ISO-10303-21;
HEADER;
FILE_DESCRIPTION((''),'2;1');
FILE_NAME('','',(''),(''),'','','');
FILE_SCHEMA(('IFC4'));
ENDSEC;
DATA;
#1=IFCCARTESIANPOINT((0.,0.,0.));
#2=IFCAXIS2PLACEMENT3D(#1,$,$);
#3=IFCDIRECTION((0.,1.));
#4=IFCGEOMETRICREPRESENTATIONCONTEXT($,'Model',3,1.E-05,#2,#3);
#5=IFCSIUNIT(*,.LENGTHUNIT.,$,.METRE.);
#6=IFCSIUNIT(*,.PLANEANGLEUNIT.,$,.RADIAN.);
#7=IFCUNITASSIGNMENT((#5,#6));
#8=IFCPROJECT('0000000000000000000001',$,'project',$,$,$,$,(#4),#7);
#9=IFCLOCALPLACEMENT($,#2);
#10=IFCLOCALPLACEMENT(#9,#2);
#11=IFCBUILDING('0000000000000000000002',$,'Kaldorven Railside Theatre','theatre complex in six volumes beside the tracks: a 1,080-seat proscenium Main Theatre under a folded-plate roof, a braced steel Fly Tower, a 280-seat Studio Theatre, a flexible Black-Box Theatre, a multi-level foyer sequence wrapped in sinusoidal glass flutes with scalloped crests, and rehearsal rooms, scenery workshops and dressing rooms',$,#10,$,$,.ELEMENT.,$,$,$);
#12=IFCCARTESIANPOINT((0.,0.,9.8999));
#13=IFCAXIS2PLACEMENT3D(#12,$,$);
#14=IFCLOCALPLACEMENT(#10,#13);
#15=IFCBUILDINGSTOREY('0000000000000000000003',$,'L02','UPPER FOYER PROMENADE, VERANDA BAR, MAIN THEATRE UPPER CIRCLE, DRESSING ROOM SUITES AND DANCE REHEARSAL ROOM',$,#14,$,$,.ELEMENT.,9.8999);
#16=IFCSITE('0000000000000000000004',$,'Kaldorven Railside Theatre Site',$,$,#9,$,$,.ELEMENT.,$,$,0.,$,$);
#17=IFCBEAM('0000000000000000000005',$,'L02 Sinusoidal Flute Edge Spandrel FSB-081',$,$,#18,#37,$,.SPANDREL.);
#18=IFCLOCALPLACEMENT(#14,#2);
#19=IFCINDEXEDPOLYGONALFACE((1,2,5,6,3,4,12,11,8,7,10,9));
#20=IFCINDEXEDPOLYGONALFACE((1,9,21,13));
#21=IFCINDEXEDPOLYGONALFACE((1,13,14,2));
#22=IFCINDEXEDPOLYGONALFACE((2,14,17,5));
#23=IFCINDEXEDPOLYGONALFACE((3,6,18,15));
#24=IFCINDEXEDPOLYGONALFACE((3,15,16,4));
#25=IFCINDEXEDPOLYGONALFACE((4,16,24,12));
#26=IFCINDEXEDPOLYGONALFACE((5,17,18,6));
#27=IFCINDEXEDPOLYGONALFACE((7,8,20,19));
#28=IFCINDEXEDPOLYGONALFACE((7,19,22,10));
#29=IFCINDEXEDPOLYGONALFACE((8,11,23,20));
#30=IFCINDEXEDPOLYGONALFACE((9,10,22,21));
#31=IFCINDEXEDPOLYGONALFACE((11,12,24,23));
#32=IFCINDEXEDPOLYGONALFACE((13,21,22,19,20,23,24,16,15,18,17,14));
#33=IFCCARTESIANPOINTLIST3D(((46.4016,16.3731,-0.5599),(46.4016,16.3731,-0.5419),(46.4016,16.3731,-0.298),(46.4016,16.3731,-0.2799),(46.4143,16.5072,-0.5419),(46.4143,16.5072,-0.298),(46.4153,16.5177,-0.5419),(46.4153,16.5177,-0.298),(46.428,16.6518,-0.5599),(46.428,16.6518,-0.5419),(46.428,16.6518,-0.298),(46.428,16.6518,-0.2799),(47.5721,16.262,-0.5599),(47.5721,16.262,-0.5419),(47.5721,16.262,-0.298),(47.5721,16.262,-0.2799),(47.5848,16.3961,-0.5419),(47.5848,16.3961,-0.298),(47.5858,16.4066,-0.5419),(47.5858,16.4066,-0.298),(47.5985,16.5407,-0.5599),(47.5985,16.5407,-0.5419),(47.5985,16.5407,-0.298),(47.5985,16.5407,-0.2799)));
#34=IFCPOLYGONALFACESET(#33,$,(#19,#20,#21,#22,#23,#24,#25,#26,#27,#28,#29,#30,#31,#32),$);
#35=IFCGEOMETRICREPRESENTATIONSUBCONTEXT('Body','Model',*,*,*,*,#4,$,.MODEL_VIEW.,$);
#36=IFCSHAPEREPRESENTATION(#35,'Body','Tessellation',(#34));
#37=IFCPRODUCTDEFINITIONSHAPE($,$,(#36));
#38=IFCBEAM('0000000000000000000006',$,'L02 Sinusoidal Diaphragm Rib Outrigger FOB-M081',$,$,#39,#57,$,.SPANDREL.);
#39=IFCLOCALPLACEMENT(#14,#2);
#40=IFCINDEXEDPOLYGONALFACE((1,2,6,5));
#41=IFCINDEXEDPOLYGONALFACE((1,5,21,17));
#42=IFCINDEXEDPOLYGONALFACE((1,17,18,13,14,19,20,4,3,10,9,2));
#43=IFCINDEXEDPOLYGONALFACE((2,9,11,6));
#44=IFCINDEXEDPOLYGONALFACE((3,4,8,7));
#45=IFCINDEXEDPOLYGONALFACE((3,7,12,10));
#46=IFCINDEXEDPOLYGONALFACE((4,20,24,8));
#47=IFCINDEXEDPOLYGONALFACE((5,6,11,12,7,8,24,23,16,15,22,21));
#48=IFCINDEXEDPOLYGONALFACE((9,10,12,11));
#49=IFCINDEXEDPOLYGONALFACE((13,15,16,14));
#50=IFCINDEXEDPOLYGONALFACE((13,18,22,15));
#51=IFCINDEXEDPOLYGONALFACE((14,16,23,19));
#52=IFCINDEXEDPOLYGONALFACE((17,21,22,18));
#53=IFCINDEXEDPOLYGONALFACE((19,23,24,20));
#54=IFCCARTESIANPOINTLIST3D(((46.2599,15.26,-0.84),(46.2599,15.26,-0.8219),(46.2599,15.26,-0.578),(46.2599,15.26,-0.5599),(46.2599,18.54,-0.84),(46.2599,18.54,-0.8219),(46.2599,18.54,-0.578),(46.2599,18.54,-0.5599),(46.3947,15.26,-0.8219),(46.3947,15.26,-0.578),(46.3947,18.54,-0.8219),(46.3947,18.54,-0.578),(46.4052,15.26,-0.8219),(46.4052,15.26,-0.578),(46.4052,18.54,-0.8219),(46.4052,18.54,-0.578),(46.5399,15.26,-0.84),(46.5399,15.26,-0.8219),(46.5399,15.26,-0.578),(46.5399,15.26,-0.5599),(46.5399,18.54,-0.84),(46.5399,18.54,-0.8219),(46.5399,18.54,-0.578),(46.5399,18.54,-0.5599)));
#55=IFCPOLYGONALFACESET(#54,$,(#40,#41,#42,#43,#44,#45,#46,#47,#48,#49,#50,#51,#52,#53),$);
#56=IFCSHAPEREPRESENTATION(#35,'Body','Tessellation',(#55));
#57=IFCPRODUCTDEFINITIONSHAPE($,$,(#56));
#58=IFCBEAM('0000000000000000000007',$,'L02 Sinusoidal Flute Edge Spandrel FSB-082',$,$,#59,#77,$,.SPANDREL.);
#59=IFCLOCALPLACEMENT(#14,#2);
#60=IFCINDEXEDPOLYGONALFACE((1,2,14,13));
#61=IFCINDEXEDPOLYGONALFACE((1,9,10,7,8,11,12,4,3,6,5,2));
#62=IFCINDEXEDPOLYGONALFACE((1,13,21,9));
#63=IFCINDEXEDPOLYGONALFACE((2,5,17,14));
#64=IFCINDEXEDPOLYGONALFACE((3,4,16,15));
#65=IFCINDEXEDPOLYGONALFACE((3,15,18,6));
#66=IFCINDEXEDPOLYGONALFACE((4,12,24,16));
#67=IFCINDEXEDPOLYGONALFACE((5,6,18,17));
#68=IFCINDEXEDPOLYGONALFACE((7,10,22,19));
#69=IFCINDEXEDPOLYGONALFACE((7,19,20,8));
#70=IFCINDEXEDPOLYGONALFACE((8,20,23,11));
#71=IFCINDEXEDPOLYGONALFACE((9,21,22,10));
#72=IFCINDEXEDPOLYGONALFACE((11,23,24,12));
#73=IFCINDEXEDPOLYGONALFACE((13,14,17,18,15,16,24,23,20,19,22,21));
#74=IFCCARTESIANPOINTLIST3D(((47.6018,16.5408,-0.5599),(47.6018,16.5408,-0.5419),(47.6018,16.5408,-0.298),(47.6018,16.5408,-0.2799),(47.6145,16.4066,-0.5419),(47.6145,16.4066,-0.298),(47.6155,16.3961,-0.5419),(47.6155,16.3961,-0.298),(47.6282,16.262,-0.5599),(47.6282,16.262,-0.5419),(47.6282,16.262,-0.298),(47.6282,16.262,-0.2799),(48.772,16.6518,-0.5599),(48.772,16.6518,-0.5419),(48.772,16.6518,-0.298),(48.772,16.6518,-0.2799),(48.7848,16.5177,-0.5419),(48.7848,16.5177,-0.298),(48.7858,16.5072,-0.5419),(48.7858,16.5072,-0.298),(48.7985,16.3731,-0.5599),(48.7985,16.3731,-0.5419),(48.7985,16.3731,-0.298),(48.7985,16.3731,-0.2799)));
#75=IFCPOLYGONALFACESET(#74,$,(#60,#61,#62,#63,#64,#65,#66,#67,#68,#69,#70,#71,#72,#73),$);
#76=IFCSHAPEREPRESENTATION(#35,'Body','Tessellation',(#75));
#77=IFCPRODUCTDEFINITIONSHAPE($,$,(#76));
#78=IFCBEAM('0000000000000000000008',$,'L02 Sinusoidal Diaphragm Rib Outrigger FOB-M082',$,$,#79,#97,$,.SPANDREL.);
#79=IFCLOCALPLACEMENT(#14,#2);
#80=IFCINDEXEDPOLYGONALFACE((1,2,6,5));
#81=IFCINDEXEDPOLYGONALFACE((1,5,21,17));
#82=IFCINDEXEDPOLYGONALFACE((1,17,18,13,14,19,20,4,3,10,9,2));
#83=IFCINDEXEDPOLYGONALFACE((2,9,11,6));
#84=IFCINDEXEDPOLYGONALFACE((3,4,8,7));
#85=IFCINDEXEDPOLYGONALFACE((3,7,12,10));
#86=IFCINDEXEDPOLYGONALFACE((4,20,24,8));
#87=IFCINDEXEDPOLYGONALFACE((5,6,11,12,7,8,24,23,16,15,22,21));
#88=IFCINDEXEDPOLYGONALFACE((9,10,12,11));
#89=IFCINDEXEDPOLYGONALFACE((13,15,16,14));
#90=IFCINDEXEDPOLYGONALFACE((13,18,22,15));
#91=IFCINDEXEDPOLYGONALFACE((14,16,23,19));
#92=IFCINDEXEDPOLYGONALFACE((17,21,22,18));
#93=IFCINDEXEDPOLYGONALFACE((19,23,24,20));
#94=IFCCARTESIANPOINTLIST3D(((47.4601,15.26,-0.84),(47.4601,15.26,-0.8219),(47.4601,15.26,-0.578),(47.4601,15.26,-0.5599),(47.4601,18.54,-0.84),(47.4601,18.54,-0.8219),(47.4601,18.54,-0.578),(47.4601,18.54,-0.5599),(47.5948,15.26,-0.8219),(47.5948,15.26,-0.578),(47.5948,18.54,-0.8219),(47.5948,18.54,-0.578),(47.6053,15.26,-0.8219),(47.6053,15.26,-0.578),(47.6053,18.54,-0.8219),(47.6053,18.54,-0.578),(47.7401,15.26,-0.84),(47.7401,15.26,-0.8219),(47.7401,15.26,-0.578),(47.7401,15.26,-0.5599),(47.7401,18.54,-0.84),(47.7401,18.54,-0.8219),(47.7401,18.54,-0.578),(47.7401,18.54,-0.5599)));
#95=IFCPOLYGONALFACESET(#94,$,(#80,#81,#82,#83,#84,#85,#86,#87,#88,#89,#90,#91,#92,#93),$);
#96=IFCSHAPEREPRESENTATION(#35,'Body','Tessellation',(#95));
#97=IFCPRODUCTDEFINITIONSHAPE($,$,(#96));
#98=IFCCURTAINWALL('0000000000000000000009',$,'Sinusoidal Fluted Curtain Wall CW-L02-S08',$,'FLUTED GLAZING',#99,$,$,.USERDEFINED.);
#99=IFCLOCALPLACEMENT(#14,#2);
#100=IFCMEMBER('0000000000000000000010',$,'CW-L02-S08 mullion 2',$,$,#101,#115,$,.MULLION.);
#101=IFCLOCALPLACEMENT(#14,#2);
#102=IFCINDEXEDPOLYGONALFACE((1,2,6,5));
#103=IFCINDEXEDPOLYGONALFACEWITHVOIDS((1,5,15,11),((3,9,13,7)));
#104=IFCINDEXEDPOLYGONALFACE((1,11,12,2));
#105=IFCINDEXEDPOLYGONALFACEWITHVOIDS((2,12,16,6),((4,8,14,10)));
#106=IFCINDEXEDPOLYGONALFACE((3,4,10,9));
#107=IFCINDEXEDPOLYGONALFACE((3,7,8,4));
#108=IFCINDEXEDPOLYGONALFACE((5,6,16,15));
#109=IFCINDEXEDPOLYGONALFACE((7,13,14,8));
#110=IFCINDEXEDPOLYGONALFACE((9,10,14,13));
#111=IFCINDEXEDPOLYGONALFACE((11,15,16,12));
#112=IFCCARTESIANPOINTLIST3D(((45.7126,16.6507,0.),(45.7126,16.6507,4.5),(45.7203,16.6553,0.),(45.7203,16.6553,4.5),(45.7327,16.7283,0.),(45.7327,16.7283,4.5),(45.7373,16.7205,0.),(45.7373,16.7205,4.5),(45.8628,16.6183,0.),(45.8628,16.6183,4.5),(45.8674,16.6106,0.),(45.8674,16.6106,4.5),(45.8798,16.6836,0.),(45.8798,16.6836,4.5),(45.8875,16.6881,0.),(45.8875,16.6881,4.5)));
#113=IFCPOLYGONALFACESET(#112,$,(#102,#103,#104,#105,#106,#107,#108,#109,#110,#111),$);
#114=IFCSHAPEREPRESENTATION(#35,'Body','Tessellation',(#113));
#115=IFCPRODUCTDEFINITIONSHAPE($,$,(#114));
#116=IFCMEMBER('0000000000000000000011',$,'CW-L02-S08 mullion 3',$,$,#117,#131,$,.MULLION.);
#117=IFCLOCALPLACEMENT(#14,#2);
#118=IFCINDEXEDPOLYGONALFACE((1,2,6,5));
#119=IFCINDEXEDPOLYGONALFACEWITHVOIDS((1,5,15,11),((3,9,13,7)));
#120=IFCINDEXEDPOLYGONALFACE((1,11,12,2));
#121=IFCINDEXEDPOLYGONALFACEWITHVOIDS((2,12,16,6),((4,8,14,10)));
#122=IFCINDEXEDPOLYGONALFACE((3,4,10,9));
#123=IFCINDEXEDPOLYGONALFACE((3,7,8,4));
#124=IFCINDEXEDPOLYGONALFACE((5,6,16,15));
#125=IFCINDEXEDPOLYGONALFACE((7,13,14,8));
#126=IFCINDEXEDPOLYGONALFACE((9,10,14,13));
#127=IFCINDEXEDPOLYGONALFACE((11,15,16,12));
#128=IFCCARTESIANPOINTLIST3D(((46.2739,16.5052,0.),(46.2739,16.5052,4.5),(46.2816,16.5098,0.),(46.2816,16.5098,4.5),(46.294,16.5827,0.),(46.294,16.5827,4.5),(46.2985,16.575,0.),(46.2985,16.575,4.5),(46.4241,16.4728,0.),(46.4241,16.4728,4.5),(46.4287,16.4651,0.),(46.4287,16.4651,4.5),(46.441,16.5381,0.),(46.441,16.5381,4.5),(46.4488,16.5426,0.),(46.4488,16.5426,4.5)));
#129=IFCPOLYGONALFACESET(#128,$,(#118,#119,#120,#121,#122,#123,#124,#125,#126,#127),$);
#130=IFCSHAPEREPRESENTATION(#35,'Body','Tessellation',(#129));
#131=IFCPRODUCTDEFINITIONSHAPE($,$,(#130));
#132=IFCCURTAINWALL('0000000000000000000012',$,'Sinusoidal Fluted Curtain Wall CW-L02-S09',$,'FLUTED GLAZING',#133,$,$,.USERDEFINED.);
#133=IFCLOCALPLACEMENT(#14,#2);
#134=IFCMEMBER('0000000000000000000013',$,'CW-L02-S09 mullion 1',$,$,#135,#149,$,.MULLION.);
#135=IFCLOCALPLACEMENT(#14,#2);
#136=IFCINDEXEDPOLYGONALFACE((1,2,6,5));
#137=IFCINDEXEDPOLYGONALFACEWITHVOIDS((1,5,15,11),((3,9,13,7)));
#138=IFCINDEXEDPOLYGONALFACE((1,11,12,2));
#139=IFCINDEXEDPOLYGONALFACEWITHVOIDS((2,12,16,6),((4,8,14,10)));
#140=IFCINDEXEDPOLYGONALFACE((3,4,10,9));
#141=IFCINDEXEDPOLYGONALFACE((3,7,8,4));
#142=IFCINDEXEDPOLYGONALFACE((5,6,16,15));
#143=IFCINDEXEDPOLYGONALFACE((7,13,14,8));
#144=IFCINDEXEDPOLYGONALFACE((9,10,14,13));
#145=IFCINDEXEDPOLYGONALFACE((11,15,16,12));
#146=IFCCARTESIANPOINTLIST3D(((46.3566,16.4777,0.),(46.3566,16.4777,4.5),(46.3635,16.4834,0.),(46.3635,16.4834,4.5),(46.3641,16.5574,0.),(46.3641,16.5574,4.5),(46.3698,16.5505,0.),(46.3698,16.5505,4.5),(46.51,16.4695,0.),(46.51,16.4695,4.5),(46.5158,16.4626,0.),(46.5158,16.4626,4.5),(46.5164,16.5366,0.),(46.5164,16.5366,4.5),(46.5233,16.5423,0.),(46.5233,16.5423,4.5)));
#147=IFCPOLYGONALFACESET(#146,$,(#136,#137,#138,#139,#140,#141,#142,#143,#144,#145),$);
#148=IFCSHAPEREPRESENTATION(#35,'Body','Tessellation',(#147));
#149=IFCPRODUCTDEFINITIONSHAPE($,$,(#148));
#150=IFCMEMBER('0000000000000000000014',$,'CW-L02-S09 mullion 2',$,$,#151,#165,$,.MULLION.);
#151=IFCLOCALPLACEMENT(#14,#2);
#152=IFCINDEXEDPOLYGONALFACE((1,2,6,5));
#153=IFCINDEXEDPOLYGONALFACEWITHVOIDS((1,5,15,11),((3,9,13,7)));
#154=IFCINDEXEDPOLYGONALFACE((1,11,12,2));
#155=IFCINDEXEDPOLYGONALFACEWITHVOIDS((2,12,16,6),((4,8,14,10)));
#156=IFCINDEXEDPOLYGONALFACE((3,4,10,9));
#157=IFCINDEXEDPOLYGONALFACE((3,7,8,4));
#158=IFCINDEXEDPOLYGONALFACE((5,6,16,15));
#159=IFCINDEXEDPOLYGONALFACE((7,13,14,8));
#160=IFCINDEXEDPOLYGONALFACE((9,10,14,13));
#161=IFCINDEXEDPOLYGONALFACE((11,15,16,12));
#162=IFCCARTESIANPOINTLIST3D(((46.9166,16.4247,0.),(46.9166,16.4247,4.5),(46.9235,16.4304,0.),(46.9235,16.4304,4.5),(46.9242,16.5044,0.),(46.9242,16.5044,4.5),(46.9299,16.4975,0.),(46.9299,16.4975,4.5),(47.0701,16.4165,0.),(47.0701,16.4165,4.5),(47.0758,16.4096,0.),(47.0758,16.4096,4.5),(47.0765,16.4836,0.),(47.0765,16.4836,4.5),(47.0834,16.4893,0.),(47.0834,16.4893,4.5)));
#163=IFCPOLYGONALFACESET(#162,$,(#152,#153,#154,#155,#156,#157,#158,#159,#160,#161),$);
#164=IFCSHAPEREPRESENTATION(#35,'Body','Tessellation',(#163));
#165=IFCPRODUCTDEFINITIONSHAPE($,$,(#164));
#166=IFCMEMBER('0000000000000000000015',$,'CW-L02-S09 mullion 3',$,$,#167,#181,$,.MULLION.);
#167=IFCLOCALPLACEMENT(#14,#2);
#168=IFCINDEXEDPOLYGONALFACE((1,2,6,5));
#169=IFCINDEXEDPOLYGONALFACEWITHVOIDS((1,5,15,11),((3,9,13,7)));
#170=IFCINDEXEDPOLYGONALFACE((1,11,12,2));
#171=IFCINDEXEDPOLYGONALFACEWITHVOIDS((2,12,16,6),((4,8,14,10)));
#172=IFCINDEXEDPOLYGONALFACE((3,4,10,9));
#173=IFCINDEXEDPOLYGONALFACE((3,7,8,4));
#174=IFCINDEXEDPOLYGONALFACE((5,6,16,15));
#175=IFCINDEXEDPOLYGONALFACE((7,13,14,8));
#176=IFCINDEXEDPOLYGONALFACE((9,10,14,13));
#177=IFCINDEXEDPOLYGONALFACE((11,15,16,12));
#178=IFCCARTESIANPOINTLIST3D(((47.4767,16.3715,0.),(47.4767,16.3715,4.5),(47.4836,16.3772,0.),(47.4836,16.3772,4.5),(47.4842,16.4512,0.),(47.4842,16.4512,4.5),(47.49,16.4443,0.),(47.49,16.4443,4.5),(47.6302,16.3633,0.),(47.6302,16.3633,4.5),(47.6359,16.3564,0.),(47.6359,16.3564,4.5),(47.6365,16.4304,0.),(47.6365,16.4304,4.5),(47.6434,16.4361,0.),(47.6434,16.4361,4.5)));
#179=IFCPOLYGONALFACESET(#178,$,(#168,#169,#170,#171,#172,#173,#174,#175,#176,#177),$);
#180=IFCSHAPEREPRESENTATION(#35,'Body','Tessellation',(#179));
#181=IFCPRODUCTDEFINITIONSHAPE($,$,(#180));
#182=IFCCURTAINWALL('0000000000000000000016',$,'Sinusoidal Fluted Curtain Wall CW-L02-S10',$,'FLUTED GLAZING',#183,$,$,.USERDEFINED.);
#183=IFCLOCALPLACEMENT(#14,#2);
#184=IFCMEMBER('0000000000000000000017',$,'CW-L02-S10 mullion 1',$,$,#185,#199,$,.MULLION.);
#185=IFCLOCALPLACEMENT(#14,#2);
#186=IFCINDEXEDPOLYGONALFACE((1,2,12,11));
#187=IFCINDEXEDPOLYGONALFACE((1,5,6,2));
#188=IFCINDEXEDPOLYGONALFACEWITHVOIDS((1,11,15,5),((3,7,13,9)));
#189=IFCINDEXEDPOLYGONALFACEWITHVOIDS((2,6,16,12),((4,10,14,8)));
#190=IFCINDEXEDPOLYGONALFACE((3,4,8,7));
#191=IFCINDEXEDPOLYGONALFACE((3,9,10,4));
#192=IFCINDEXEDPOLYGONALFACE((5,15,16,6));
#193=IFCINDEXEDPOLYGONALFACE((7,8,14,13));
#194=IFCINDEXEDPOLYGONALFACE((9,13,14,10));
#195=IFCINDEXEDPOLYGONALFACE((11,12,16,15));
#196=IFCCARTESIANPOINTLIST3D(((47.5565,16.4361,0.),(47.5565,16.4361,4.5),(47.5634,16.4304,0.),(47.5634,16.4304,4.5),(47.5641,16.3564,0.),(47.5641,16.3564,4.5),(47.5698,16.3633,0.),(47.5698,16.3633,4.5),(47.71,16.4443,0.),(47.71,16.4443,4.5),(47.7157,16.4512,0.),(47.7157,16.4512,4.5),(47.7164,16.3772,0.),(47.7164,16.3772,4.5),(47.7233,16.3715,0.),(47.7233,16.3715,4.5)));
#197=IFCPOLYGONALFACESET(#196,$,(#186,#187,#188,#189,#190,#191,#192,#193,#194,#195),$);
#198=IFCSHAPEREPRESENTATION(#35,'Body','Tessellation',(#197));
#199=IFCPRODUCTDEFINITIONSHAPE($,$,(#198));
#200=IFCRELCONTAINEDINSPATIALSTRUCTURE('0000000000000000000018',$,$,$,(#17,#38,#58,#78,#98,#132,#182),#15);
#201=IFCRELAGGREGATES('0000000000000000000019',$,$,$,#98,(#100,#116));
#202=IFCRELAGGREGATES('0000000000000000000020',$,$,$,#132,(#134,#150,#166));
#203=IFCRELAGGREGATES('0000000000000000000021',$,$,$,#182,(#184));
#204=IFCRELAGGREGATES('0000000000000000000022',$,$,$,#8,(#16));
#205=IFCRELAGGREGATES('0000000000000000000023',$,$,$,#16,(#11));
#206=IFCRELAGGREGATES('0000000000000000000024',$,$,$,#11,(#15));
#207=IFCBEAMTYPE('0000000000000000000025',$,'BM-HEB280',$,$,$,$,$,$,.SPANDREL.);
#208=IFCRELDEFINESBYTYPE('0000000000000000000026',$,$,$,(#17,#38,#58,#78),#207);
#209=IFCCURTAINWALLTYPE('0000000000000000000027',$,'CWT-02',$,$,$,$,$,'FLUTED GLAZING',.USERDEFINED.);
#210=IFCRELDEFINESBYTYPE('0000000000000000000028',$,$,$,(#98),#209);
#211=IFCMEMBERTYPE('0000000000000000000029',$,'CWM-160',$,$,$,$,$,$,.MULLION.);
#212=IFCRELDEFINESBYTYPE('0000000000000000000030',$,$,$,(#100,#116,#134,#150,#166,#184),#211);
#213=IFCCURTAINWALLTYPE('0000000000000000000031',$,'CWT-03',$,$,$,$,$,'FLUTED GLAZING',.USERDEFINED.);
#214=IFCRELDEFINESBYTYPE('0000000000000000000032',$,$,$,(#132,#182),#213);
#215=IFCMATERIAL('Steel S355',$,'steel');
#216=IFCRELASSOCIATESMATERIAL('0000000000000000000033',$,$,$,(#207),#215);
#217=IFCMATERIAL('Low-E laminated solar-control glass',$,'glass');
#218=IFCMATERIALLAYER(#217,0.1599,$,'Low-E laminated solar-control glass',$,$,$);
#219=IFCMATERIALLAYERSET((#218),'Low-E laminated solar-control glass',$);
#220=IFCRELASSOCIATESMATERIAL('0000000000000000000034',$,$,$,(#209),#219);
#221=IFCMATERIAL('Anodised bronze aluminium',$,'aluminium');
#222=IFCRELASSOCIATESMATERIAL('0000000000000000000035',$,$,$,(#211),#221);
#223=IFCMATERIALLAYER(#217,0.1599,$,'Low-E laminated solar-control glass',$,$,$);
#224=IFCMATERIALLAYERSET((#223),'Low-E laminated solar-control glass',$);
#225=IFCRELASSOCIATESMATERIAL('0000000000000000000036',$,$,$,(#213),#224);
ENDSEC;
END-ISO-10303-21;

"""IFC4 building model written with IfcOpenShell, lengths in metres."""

from ifc_helpers import new_model, si_unit, direction, frame, origin, origin_2d, place, context, subcontext, project, spatial, hollow_rectangle, i_section, extrude, material, layer, layer_set, material_profile, profile_set, type_object, element, aggregate, save


model = new_model("IFC4")

# Units and contexts
model_context = context("Model", 3, precision=1e-05, world=origin(), true_north=direction((0.0, 1.0)))
body_context = subcontext(model_context, "Body", "Model", "MODEL_VIEW")
ifc_project = project(units=[si_unit("LENGTHUNIT", "METRE"), si_unit("PLANEANGLEUNIT", "RADIAN")], contexts=[model_context])

# Site, building, storey
site_placement = place(None, origin())
site = spatial("IfcSite", under=ifc_project, at=site_placement, Name="Kaldorven Railside Theatre Site", CompositionType="ELEMENT", RefElevation=0.0)
building_placement = place(site_placement, origin())
building = spatial("IfcBuilding", under=site, at=building_placement, Name="Kaldorven Railside Theatre", Description="theatre complex in six volumes beside the tracks: a 1,080-seat proscenium Main Theatre under a folded-plate roof, a braced steel Fly Tower, a 280-seat Studio Theatre, a flexible Black-Box Theatre, a multi-level foyer sequence wrapped in sinusoidal glass flutes with scalloped crests, and rehearsal rooms, scenery workshops and dressing rooms", CompositionType="ELEMENT")
storey_placement = place(building_placement, frame((0.0, 0.0, 9.8999)))
storey = spatial("IfcBuildingStorey", under=building, at=storey_placement, Name="L02", Description="UPPER FOYER PROMENADE, VERANDA BAR, MAIN THEATRE UPPER CIRCLE, DRESSING ROOM SUITES AND DANCE REHEARSAL ROOM", CompositionType="ELEMENT", Elevation=9.8999)

# Beams
ifc_material_1 = material(Name="Steel S355", Category="steel")
ifc_material_profile_1 = material_profile(ifc_material_1, i_section(OverallWidth=0.28, OverallDepth=0.28, WebThickness=0.0105, FlangeThickness=0.0181, at=origin_2d()), Name="HEB 280")
ifc_profile_set_1 = profile_set([ifc_material_profile_1], Name="Steel S355")
beam_type = type_object("IfcBeamType", Name="BM-HEB280", PredefinedType="SPANDREL", material=ifc_profile_set_1)
beam_1_placement = place(storey_placement, frame((46.4148, 16.5125, -0.4199), z_axis=(0.995526, -0.094486, 0.0), x_axis=(0.094486, 0.995526, 0.0)))
element("IfcBeam", 1, at=beam_1_placement, inside=storey, type_object=beam_type, Name="L02 Sinusoidal Flute Edge Spandrel FSB-081", PredefinedType="SPANDREL", context=body_context, shape_type="SweptSolid", body=[
    extrude(i_section(OverallWidth=0.28, OverallDepth=0.28, WebThickness=0.0105, FlangeThickness=0.0181, at=origin_2d()), origin(), (0.0, 0.0, 1.0), 1.1758),
])
beam_2_placement = place(storey_placement, frame((46.3999, 15.26, -0.7), z_axis=(0.0, 1.0, 0.0), x_axis=(-1.0, 0.0, 0.0)))
element("IfcBeam", 2, at=beam_2_placement, inside=storey, type_object=beam_type, Name="L02 Sinusoidal Diaphragm Rib Outrigger FOB-M081", PredefinedType="SPANDREL", context=body_context, shape_type="SweptSolid", body=[
    extrude(i_section(OverallWidth=0.28, OverallDepth=0.28, WebThickness=0.0105, FlangeThickness=0.0181, at=origin_2d()), origin(), (0.0, 0.0, 1.0), 3.28),
])
beam_3_placement = place(storey_placement, frame((47.615, 16.4014, -0.4199), z_axis=(0.995524, 0.094505, 0.0), x_axis=(-0.094505, 0.995524, 0.0)))
element("IfcBeam", 3, at=beam_3_placement, inside=storey, type_object=beam_type, Name="L02 Sinusoidal Flute Edge Spandrel FSB-082", PredefinedType="SPANDREL", context=body_context, shape_type="SweptSolid", body=[
    extrude(i_section(OverallWidth=0.28, OverallDepth=0.28, WebThickness=0.0105, FlangeThickness=0.0181, at=origin_2d()), origin(), (0.0, 0.0, 1.0), 1.1755),
])
beam_4_placement = place(storey_placement, frame((47.6001, 15.26, -0.7), z_axis=(0.0, 1.0, 0.0), x_axis=(-1.0, 0.0, 0.0)))
element("IfcBeam", 4, at=beam_4_placement, inside=storey, type_object=beam_type, Name="L02 Sinusoidal Diaphragm Rib Outrigger FOB-M082", PredefinedType="SPANDREL", context=body_context, shape_type="SweptSolid", body=[
    extrude(i_section(OverallWidth=0.28, OverallDepth=0.28, WebThickness=0.0105, FlangeThickness=0.0181, at=origin_2d()), origin(), (0.0, 0.0, 1.0), 3.28),
])

# Curtain walls, members
ifc_material_2 = material(Name="Low-E laminated solar-control glass", Category="glass")
ifc_layer_1 = layer(ifc_material_2, 0.1599, Name="Low-E laminated solar-control glass")
ifc_layer_set_1 = layer_set([ifc_layer_1], Name="Low-E laminated solar-control glass")
curtain_wall_type_1 = type_object("IfcCurtainWallType", Name="CWT-02", ElementType="FLUTED GLAZING", PredefinedType="USERDEFINED", material=ifc_layer_set_1)
curtain_wall_1_placement = place(storey_placement, origin())
curtain_wall_1 = element("IfcCurtainWall", 5, at=curtain_wall_1_placement, inside=storey, type_object=curtain_wall_type_1, Name="Sinusoidal Fluted Curtain Wall CW-L02-S08", ObjectType="FLUTED GLAZING", PredefinedType="USERDEFINED")
ifc_material_3 = material(Name="Anodised bronze aluminium", Category="aluminium")
ifc_material_profile_2 = material_profile(ifc_material_3, hollow_rectangle(XDim=0.0801, YDim=0.1599, WallThickness=0.0063, at=origin_2d()), Name="RHS 160x80x6.3")
ifc_profile_set_2 = profile_set([ifc_material_profile_2], Name="Anodised bronze aluminium")
member_type_1 = type_object("IfcMemberType", Name="CWM-160", PredefinedType="MULLION", material=ifc_profile_set_2)
member_1_placement = place(storey_placement, frame((45.8, 16.6694, 0.0), z_axis=(0.0, 0.0, 1.0), x_axis=(0.250954, 0.967999, 0.0)))
member_1 = element("IfcMember", 6, at=member_1_placement, type_object=member_type_1, Name="CW-L02-S08 mullion 2", PredefinedType="MULLION", context=body_context, shape_type="SweptSolid", body=[
    extrude(hollow_rectangle(XDim=0.0801, YDim=0.1599, WallThickness=0.0063, at=origin_2d()), origin(), (0.0, 0.0, 1.0), 4.5),
])
member_2_placement = place(storey_placement, frame((46.3613, 16.5239, 0.0), z_axis=(0.0, 0.0, 1.0), x_axis=(0.250954, 0.967999, 0.0)))
member_2 = element("IfcMember", 7, at=member_2_placement, type_object=member_type_1, Name="CW-L02-S08 mullion 3", PredefinedType="MULLION", context=body_context, shape_type="SweptSolid", body=[
    extrude(hollow_rectangle(XDim=0.0801, YDim=0.1599, WallThickness=0.0063, at=origin_2d()), origin(), (0.0, 0.0, 1.0), 4.5),
])
ifc_layer_2 = layer(ifc_material_2, 0.1599, Name="Low-E laminated solar-control glass")
ifc_layer_set_2 = layer_set([ifc_layer_2], Name="Low-E laminated solar-control glass")
curtain_wall_type_2 = type_object("IfcCurtainWallType", Name="CWT-03", ElementType="FLUTED GLAZING", PredefinedType="USERDEFINED", material=ifc_layer_set_2)
curtain_wall_2_placement = place(storey_placement, origin())
curtain_wall_2 = element("IfcCurtainWall", 8, at=curtain_wall_2_placement, inside=storey, type_object=curtain_wall_type_2, Name="Sinusoidal Fluted Curtain Wall CW-L02-S09", ObjectType="FLUTED GLAZING", PredefinedType="USERDEFINED")
member_3_placement = place(storey_placement, frame((46.4399, 16.51, 0.0), z_axis=(0.0, 0.0, 1.0), x_axis=(0.094492, 0.995526, 0.0)))
member_3 = element("IfcMember", 9, at=member_3_placement, type_object=member_type_1, Name="CW-L02-S09 mullion 1", PredefinedType="MULLION", context=body_context, shape_type="SweptSolid", body=[
    extrude(hollow_rectangle(XDim=0.0801, YDim=0.1599, WallThickness=0.0063, at=origin_2d()), origin(), (0.0, 0.0, 1.0), 4.5),
])
member_4_placement = place(storey_placement, frame((47.0, 16.457, 0.0), z_axis=(0.0, 0.0, 1.0), x_axis=(0.094492, 0.995526, 0.0)))
member_4 = element("IfcMember", 10, at=member_4_placement, type_object=member_type_1, Name="CW-L02-S09 mullion 2", PredefinedType="MULLION", context=body_context, shape_type="SweptSolid", body=[
    extrude(hollow_rectangle(XDim=0.0801, YDim=0.1599, WallThickness=0.0063, at=origin_2d()), origin(), (0.0, 0.0, 1.0), 4.5),
])
member_5_placement = place(storey_placement, frame((47.5601, 16.4038, 0.0), z_axis=(0.0, 0.0, 1.0), x_axis=(0.094492, 0.995526, 0.0)))
member_5 = element("IfcMember", 11, at=member_5_placement, type_object=member_type_1, Name="CW-L02-S09 mullion 3", PredefinedType="MULLION", context=body_context, shape_type="SweptSolid", body=[
    extrude(hollow_rectangle(XDim=0.0801, YDim=0.1599, WallThickness=0.0063, at=origin_2d()), origin(), (0.0, 0.0, 1.0), 4.5),
])
curtain_wall_3_placement = place(storey_placement, origin())
curtain_wall_3 = element("IfcCurtainWall", 12, at=curtain_wall_3_placement, inside=storey, type_object=curtain_wall_type_2, Name="Sinusoidal Fluted Curtain Wall CW-L02-S10", ObjectType="FLUTED GLAZING", PredefinedType="USERDEFINED")
member_6_placement = place(storey_placement, frame((47.6399, 16.4038, 0.0), z_axis=(0.0, 0.0, 1.0), x_axis=(-0.094492, 0.995526, 0.0)))
member_6 = element("IfcMember", 13, at=member_6_placement, type_object=member_type_1, Name="CW-L02-S10 mullion 1", PredefinedType="MULLION", context=body_context, shape_type="SweptSolid", body=[
    extrude(hollow_rectangle(XDim=0.0801, YDim=0.1599, WallThickness=0.0063, at=origin_2d()), origin(), (0.0, 0.0, 1.0), 4.5),
])

aggregate(curtain_wall_1, [member_1, member_2])
aggregate(curtain_wall_2, [member_3, member_4, member_5])
aggregate(curtain_wall_3, [member_6])

save(model, "model.ifc")
